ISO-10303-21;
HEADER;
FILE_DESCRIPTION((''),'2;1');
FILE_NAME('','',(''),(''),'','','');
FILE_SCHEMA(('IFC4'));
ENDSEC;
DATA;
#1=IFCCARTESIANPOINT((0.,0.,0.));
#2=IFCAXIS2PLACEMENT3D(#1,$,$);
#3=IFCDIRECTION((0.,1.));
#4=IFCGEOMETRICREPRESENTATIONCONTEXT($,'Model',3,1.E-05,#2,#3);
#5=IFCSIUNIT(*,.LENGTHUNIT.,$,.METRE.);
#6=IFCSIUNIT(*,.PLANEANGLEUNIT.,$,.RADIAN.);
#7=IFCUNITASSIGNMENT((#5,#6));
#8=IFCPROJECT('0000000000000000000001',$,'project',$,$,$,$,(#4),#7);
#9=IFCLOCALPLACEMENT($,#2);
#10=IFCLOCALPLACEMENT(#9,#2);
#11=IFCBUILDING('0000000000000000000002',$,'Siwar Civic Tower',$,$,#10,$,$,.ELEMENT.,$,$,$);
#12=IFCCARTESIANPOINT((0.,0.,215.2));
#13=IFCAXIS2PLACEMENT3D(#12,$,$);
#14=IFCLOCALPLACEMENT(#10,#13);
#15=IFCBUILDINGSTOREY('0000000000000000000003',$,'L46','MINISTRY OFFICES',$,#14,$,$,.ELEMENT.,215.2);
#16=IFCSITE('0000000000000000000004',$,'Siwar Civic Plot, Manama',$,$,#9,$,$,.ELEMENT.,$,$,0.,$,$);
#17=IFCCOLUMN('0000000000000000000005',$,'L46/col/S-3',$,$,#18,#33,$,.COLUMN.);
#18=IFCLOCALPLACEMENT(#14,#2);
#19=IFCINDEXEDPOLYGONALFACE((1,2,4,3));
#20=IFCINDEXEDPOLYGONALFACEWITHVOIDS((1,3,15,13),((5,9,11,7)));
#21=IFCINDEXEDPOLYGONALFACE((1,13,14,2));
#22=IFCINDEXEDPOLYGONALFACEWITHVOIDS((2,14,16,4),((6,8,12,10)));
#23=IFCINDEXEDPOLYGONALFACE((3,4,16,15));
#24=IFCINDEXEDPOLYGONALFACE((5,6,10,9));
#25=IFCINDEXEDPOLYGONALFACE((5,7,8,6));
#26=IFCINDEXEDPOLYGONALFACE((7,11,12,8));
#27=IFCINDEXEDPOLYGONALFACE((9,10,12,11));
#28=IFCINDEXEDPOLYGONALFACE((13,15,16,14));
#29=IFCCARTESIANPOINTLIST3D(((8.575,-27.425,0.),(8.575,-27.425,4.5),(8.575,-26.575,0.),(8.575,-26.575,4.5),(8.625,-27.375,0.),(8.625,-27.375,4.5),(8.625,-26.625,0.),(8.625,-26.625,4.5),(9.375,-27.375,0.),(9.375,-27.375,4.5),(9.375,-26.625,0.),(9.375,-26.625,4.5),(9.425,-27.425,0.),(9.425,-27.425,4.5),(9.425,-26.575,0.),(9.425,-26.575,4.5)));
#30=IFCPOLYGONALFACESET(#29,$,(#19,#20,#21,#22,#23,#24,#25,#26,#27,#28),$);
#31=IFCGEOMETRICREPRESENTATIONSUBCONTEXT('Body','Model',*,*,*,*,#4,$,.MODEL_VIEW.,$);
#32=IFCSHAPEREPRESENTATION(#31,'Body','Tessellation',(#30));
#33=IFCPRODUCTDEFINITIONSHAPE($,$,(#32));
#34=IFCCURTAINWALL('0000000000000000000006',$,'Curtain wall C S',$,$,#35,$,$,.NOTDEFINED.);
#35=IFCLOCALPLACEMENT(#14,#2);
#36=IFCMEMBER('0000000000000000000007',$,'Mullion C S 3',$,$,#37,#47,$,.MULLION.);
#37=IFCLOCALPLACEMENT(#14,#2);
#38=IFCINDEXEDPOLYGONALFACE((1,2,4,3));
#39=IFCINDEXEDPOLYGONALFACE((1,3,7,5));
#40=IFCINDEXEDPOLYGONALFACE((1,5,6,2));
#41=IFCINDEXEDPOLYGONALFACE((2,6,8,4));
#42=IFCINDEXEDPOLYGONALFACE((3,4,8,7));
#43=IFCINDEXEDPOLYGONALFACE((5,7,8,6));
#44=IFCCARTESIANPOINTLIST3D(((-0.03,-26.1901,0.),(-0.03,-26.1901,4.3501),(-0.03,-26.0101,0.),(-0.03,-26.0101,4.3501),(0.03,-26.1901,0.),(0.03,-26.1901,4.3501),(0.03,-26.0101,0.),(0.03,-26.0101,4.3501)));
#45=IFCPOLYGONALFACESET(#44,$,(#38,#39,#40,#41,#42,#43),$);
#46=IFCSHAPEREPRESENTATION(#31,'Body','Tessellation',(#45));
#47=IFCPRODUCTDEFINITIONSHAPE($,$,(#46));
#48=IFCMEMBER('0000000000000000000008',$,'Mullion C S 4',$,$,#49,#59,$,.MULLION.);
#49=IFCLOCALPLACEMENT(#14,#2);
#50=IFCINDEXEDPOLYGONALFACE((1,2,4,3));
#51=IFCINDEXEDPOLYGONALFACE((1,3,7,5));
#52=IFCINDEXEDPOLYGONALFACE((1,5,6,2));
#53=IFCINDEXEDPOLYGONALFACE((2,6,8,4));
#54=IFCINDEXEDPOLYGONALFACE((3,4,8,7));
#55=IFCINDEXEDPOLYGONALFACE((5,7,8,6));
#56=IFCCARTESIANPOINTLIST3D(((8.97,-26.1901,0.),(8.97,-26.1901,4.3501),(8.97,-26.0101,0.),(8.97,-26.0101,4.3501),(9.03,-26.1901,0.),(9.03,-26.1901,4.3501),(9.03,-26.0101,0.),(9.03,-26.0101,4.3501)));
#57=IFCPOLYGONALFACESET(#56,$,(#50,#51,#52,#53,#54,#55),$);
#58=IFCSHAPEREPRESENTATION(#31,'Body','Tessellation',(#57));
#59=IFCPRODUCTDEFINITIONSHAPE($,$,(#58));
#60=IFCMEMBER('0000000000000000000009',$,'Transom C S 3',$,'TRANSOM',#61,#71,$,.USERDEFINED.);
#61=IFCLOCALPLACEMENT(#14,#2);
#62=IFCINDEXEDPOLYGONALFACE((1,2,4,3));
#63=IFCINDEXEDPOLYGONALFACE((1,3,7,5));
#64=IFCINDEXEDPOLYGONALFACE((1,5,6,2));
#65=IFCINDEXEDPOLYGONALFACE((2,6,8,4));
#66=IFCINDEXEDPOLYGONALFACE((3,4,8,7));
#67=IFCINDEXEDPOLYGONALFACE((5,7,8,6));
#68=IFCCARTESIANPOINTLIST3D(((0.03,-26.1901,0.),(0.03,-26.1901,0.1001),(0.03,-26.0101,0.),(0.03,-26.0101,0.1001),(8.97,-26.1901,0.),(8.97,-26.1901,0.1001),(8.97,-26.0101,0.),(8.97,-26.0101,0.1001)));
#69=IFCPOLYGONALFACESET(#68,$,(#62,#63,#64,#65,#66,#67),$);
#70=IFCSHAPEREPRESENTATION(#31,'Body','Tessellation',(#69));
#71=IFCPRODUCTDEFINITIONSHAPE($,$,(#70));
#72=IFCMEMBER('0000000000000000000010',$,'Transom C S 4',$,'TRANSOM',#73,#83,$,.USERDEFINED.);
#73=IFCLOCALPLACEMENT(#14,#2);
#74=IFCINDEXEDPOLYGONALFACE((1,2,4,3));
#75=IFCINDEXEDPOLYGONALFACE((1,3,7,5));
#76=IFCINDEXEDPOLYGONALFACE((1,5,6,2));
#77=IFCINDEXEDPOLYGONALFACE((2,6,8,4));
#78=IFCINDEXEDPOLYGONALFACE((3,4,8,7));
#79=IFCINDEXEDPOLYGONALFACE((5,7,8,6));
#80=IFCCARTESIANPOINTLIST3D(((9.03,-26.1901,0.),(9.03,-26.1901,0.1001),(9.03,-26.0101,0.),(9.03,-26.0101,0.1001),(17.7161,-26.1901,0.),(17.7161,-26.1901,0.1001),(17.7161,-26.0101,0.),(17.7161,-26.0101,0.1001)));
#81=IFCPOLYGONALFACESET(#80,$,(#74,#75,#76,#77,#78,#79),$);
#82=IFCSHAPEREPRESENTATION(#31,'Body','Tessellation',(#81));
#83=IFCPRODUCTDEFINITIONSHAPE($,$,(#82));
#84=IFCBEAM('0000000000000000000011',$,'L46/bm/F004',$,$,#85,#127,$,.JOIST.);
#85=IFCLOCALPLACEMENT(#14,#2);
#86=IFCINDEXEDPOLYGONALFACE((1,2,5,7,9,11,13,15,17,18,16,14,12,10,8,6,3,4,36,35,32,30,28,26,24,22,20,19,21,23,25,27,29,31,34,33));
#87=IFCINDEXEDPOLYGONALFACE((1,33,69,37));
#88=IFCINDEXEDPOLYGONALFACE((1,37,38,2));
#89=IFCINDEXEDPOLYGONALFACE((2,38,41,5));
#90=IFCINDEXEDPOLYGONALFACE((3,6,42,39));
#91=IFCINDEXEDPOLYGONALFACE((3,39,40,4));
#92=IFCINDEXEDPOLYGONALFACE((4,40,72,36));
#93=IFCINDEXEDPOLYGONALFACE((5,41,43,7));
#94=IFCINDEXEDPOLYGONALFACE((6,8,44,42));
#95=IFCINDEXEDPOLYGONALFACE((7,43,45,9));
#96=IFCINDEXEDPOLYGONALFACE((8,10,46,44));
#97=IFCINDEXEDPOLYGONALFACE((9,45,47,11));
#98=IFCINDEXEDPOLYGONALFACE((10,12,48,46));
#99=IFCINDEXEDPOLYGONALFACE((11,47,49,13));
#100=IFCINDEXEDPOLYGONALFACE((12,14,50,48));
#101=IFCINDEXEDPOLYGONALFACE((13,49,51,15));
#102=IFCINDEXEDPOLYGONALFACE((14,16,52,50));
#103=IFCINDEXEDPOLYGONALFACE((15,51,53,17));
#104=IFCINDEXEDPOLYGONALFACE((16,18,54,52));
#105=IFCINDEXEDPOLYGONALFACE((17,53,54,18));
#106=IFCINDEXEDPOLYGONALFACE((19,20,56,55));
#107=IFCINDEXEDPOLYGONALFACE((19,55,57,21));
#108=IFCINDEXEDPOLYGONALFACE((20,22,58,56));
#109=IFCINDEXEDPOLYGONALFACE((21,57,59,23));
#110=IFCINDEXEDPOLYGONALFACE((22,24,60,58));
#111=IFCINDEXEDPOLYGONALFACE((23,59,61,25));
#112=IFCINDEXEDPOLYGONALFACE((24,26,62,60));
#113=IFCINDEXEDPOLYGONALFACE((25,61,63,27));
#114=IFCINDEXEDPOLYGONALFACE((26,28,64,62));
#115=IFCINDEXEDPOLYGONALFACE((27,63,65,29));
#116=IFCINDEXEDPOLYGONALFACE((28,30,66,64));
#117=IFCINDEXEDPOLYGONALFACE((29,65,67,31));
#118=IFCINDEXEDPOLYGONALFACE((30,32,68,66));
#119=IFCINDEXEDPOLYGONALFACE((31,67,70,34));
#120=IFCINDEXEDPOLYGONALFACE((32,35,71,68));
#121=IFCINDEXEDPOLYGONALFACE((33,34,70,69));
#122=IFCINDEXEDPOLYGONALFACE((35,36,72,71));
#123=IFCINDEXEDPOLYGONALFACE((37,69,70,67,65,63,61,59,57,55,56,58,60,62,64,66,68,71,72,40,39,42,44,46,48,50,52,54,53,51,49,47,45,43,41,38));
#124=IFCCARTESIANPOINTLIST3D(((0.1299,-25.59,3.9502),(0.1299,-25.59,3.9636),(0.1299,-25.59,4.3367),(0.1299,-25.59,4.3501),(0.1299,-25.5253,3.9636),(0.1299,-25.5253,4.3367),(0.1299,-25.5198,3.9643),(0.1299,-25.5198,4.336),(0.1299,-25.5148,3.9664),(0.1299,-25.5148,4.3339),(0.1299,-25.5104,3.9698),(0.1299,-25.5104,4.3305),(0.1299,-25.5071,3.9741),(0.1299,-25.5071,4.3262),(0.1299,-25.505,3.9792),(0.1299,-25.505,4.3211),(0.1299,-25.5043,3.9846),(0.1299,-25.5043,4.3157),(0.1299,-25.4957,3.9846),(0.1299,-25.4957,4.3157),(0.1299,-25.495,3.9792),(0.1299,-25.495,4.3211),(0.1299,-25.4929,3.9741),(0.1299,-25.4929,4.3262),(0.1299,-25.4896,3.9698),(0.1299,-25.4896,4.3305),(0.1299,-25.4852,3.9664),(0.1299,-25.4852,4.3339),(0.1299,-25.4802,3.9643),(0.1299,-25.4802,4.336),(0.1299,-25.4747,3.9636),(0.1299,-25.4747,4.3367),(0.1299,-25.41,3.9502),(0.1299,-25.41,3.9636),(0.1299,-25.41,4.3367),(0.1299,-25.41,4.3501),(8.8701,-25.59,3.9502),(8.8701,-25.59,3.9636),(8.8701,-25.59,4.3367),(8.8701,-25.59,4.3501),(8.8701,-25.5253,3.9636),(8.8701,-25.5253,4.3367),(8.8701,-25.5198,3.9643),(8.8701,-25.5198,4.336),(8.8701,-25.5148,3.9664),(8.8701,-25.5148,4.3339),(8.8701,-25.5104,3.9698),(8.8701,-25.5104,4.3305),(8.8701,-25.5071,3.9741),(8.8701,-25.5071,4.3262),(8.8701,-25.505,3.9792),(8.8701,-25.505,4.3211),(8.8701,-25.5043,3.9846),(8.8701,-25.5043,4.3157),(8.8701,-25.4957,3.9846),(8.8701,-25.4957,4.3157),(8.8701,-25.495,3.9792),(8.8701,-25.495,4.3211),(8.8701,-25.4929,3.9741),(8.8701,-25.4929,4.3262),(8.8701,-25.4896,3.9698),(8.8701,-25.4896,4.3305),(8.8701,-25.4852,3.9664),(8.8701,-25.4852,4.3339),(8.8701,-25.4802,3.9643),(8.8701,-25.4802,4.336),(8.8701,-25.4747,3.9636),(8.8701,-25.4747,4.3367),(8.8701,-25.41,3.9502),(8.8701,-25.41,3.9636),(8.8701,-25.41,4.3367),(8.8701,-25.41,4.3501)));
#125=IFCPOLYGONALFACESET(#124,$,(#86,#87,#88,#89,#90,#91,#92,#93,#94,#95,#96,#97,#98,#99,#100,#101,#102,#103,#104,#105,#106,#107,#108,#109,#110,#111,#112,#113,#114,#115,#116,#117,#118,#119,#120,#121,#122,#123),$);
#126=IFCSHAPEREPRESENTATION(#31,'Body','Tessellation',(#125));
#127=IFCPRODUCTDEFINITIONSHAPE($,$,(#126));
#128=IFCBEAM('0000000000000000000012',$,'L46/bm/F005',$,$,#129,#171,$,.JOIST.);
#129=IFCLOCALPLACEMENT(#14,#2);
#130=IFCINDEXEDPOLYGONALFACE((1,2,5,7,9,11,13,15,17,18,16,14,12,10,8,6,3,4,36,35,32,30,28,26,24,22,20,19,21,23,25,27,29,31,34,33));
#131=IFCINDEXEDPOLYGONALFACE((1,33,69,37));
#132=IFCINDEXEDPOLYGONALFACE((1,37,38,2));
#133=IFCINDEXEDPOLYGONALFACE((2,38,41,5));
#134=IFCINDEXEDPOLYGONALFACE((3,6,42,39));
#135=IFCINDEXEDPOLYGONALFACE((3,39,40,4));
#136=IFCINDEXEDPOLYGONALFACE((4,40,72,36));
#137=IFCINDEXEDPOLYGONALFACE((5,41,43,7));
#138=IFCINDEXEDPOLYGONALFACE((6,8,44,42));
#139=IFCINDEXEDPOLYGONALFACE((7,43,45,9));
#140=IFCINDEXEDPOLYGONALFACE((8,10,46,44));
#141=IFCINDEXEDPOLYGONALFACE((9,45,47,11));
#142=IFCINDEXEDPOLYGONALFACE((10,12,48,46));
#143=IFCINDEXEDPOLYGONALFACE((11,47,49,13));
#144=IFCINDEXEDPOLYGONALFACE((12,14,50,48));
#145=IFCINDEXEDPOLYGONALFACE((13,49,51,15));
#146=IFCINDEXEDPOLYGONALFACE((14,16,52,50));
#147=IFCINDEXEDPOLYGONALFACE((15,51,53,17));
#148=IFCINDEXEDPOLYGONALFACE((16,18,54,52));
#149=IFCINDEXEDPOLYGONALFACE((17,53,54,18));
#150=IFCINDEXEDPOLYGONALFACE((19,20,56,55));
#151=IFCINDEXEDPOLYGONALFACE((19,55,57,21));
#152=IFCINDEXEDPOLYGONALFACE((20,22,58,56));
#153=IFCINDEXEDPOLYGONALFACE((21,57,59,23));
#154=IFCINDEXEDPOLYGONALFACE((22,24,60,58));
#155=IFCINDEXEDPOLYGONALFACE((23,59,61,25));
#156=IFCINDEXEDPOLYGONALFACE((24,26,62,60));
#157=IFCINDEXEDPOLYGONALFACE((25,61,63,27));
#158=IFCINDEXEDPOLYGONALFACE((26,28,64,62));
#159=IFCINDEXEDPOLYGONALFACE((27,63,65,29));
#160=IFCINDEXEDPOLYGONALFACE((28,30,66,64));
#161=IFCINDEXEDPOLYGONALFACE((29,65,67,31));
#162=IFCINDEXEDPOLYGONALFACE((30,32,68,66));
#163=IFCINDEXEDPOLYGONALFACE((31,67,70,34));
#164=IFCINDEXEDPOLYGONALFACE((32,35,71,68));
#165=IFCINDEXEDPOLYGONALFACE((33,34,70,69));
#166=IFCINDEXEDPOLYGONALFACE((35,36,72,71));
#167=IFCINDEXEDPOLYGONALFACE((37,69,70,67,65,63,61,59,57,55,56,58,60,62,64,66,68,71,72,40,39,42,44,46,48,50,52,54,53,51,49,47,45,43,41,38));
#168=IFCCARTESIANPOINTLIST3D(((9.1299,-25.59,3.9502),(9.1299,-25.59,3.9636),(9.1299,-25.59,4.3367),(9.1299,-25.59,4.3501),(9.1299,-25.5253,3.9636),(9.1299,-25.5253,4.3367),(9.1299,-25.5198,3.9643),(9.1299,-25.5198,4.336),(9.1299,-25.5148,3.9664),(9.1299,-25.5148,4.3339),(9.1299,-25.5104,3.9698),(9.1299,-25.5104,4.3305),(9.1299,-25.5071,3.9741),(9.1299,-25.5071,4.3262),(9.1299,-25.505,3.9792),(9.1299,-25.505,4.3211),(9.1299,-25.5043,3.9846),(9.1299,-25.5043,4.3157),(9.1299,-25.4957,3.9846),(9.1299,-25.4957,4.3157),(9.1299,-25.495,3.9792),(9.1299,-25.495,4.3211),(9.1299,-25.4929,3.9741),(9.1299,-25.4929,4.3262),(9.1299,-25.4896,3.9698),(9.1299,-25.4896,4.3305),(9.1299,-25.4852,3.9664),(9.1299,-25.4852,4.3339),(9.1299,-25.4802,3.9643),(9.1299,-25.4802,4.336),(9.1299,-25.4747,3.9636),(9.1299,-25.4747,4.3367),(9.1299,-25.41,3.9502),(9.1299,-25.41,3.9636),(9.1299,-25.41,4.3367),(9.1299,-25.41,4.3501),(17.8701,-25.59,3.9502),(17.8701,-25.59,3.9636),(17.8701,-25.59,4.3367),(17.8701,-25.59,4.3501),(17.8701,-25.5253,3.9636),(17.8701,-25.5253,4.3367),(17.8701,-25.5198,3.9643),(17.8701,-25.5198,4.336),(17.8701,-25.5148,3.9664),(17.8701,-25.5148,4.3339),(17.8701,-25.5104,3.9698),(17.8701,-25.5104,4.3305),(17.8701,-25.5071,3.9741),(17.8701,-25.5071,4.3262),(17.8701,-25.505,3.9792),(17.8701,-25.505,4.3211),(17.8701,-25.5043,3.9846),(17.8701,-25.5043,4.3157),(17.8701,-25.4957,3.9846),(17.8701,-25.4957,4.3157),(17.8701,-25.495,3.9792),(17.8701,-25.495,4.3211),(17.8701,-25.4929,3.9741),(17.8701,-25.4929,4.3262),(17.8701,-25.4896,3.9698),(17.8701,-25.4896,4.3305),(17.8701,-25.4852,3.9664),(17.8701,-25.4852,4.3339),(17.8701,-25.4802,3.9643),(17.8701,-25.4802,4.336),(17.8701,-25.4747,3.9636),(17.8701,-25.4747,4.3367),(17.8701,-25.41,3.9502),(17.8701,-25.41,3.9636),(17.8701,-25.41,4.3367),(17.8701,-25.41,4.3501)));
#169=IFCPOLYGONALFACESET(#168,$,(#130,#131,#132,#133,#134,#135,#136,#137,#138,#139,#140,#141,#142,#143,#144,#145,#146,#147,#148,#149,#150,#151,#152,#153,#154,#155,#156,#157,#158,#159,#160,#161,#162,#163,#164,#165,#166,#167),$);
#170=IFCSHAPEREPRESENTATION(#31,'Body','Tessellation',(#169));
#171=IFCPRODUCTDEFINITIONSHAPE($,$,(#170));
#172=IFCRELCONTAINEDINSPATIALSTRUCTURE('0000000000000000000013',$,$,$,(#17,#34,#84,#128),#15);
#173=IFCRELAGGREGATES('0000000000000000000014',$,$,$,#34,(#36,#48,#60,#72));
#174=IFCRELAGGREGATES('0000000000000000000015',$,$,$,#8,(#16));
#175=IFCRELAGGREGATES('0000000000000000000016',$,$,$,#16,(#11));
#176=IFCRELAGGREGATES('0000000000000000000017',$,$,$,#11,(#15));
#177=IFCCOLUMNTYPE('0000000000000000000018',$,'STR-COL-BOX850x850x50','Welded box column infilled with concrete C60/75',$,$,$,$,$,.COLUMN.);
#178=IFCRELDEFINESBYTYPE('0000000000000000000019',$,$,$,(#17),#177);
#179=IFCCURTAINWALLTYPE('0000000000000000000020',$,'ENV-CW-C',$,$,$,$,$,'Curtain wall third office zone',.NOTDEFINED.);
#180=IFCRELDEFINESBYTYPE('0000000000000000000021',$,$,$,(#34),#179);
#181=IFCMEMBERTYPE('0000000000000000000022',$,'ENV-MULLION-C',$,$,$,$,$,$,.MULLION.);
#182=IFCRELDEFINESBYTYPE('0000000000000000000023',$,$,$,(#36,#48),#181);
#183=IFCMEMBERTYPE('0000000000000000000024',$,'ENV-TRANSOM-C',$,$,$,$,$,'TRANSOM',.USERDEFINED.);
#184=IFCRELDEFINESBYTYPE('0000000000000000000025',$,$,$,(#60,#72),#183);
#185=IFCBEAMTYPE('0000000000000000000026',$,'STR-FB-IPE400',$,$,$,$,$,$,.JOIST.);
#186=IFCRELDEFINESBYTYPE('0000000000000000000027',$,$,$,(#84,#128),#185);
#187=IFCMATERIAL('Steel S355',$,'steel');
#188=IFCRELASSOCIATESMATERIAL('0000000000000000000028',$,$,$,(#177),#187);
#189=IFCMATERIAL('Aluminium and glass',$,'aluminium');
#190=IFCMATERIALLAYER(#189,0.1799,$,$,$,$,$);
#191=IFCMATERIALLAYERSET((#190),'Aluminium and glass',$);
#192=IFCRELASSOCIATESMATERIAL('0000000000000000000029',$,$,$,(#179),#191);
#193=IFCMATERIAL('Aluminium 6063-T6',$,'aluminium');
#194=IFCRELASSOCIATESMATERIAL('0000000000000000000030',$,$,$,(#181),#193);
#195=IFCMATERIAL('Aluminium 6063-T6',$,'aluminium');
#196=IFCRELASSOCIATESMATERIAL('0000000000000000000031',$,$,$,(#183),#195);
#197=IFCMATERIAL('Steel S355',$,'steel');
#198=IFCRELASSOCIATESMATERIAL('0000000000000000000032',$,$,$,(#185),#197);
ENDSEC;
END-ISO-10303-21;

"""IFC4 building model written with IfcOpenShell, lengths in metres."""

from ifc_helpers import new_model, si_unit, direction, frame, origin, origin_2d, place, context, subcontext, project, spatial, rectangle, hollow_rectangle, i_section, extrude, material, layer, layer_set, material_profile, profile_set, type_object, element, aggregate, save


model = new_model("IFC4")

# Units and contexts
model_context = context("Model", 3, precision=1e-05, world=origin(), true_north=direction((0.0, 1.0)))
body_context = subcontext(model_context, "Body", "Model", "MODEL_VIEW")
ifc_project = project(units=[si_unit("LENGTHUNIT", "METRE"), si_unit("PLANEANGLEUNIT", "RADIAN")], contexts=[model_context])

# Site, building, storey
site_placement = place(None, origin())
site = spatial("IfcSite", under=ifc_project, at=site_placement, Name="Siwar Civic Plot, Manama", CompositionType="ELEMENT", RefElevation=0.0)
building_placement = place(site_placement, origin())
building = spatial("IfcBuilding", under=site, at=building_placement, Name="Siwar Civic Tower", CompositionType="ELEMENT")
storey_placement = place(building_placement, frame((0.0, 0.0, 215.2)))
storey = spatial("IfcBuildingStorey", under=building, at=storey_placement, Name="L46", Description="MINISTRY OFFICES", CompositionType="ELEMENT", Elevation=215.2)

# Column
ifc_material_1 = material(Name="Steel S355", Category="steel")
ifc_material_profile_1 = material_profile(ifc_material_1, hollow_rectangle(XDim=0.8501, YDim=0.8501, WallThickness=0.05, at=origin_2d()), Name="BOX850x850x50")
ifc_profile_set_1 = profile_set([ifc_material_profile_1], Name="Steel S355")
column_type = type_object("IfcColumnType", Name="STR-COL-BOX850x850x50", Description="Welded box column infilled with concrete C60/75", PredefinedType="COLUMN", material=ifc_profile_set_1)
column_placement = place(storey_placement, frame((9.0, -27.0, 0.0), z_axis=(0.0, 0.0, 1.0), x_axis=(1.0, 0.0, 0.0)))
element("IfcColumn", 1, at=column_placement, inside=storey, type_object=column_type, Name="L46/col/S-3", PredefinedType="COLUMN", context=body_context, shape_type="SweptSolid", body=[
    extrude(hollow_rectangle(XDim=0.8501, YDim=0.8501, WallThickness=0.05, at=origin_2d()), origin(), (0.0, 0.0, 1.0), 4.5),
])

# Curtain wall, members
ifc_material_2 = material(Name="Aluminium and glass", Category="aluminium")
ifc_layer_1 = layer(ifc_material_2, 0.1799)
ifc_layer_set_1 = layer_set([ifc_layer_1], Name="Aluminium and glass")
curtain_wall_type = type_object("IfcCurtainWallType", Name="ENV-CW-C", ElementType="Curtain wall third office zone", PredefinedType="NOTDEFINED", material=ifc_layer_set_1)
curtain_wall_placement = place(storey_placement, origin())
curtain_wall = element("IfcCurtainWall", 2, at=curtain_wall_placement, inside=storey, type_object=curtain_wall_type, Name="Curtain wall C S", PredefinedType="NOTDEFINED")
ifc_material_3 = material(Name="Aluminium 6063-T6", Category="aluminium")
ifc_material_profile_2 = material_profile(ifc_material_3, rectangle(XDim=0.1799, YDim=0.0601, at=origin_2d()), Name="AL 180x60")
ifc_profile_set_2 = profile_set([ifc_material_profile_2], Name="Aluminium 6063-T6")
member_type_1 = type_object("IfcMemberType", Name="ENV-MULLION-C", PredefinedType="MULLION", material=ifc_profile_set_2)
member_1_placement = place(storey_placement, frame((0.0, -26.1001, 0.0), z_axis=(0.0, 0.0, 1.0), x_axis=(0.0, 1.0, 0.0)))
member_1 = element("IfcMember", 3, at=member_1_placement, type_object=member_type_1, Name="Mullion C S 3", PredefinedType="MULLION", context=body_context, shape_type="SweptSolid", body=[
    extrude(rectangle(XDim=0.1799, YDim=0.0601, at=origin_2d()), origin(), (0.0, 0.0, 1.0), 4.3501),
])
member_2_placement = place(storey_placement, frame((9.0, -26.1001, 0.0), z_axis=(0.0, 0.0, 1.0), x_axis=(0.0, 1.0, 0.0)))
member_2 = element("IfcMember", 4, at=member_2_placement, type_object=member_type_1, Name="Mullion C S 4", PredefinedType="MULLION", context=body_context, shape_type="SweptSolid", body=[
    extrude(rectangle(XDim=0.1799, YDim=0.0601, at=origin_2d()), origin(), (0.0, 0.0, 1.0), 4.3501),
])
ifc_material_4 = material(Name="Aluminium 6063-T6", Category="aluminium")
ifc_material_profile_3 = material_profile(ifc_material_4, rectangle(XDim=0.1799, YDim=0.1001, at=origin_2d()), Name="AL 180x100")
ifc_profile_set_3 = profile_set([ifc_material_profile_3], Name="Aluminium 6063-T6")
member_type_2 = type_object("IfcMemberType", Name="ENV-TRANSOM-C", ElementType="TRANSOM", PredefinedType="USERDEFINED", material=ifc_profile_set_3)
member_3_placement = place(storey_placement, frame((0.03, -26.1001, 0.05), z_axis=(1.0, 0.0, 0.0), x_axis=(0.0, 1.0, 0.0)))
member_3 = element("IfcMember", 5, at=member_3_placement, type_object=member_type_2, Name="Transom C S 3", ObjectType="TRANSOM", PredefinedType="USERDEFINED", context=body_context, shape_type="SweptSolid", body=[
    extrude(rectangle(XDim=0.1799, YDim=0.1001, at=origin_2d()), origin(), (0.0, 0.0, 1.0), 8.9399),
])
member_4_placement = place(storey_placement, frame((9.03, -26.1001, 0.05), z_axis=(1.0, 0.0, 0.0), x_axis=(0.0, 1.0, 0.0)))
member_4 = element("IfcMember", 6, at=member_4_placement, type_object=member_type_2, Name="Transom C S 4", ObjectType="TRANSOM", PredefinedType="USERDEFINED", context=body_context, shape_type="SweptSolid", body=[
    extrude(rectangle(XDim=0.1799, YDim=0.1001, at=origin_2d()), origin(), (0.0, 0.0, 1.0), 8.686),
])

# Beams
ifc_material_5 = material(Name="Steel S355", Category="steel")
ifc_material_profile_4 = material_profile(ifc_material_5, i_section(OverallWidth=0.1799, OverallDepth=0.3999, WebThickness=0.0085, FlangeThickness=0.0134, FilletRadius=0.021, at=origin_2d()), Name="IPE400")
ifc_profile_set_4 = profile_set([ifc_material_profile_4], Name="Steel S355")
beam_type_1 = type_object("IfcBeamType", Name="STR-FB-IPE400", PredefinedType="JOIST", material=ifc_profile_set_4)
for number, where, z_axis, x_axis, name in (
    (7, (0.1299, -25.5, 4.1501), (1.0, 0.0, 0.0), (0.0, 1.0, 0.0), "L46/bm/F004"),
    (8, (9.1299, -25.5, 4.1501), (1.0, 0.0, 0.0), (0.0, 1.0, 0.0), "L46/bm/F005"),
):
    element("IfcBeam", number, at=place(storey_placement, frame(where, z_axis=z_axis, x_axis=x_axis)), inside=storey, type_object=beam_type_1, Name=name, PredefinedType="JOIST", context=body_context, shape_type="SweptSolid", body=[
        extrude(i_section(OverallWidth=0.1799, OverallDepth=0.3999, WebThickness=0.0085, FlangeThickness=0.0134, FilletRadius=0.021, at=origin_2d()), origin(), (0.0, 0.0, 1.0), 8.7402),
    ])

aggregate(curtain_wall, [member_1, member_2, member_3, member_4])

save(model, "model.ifc")
